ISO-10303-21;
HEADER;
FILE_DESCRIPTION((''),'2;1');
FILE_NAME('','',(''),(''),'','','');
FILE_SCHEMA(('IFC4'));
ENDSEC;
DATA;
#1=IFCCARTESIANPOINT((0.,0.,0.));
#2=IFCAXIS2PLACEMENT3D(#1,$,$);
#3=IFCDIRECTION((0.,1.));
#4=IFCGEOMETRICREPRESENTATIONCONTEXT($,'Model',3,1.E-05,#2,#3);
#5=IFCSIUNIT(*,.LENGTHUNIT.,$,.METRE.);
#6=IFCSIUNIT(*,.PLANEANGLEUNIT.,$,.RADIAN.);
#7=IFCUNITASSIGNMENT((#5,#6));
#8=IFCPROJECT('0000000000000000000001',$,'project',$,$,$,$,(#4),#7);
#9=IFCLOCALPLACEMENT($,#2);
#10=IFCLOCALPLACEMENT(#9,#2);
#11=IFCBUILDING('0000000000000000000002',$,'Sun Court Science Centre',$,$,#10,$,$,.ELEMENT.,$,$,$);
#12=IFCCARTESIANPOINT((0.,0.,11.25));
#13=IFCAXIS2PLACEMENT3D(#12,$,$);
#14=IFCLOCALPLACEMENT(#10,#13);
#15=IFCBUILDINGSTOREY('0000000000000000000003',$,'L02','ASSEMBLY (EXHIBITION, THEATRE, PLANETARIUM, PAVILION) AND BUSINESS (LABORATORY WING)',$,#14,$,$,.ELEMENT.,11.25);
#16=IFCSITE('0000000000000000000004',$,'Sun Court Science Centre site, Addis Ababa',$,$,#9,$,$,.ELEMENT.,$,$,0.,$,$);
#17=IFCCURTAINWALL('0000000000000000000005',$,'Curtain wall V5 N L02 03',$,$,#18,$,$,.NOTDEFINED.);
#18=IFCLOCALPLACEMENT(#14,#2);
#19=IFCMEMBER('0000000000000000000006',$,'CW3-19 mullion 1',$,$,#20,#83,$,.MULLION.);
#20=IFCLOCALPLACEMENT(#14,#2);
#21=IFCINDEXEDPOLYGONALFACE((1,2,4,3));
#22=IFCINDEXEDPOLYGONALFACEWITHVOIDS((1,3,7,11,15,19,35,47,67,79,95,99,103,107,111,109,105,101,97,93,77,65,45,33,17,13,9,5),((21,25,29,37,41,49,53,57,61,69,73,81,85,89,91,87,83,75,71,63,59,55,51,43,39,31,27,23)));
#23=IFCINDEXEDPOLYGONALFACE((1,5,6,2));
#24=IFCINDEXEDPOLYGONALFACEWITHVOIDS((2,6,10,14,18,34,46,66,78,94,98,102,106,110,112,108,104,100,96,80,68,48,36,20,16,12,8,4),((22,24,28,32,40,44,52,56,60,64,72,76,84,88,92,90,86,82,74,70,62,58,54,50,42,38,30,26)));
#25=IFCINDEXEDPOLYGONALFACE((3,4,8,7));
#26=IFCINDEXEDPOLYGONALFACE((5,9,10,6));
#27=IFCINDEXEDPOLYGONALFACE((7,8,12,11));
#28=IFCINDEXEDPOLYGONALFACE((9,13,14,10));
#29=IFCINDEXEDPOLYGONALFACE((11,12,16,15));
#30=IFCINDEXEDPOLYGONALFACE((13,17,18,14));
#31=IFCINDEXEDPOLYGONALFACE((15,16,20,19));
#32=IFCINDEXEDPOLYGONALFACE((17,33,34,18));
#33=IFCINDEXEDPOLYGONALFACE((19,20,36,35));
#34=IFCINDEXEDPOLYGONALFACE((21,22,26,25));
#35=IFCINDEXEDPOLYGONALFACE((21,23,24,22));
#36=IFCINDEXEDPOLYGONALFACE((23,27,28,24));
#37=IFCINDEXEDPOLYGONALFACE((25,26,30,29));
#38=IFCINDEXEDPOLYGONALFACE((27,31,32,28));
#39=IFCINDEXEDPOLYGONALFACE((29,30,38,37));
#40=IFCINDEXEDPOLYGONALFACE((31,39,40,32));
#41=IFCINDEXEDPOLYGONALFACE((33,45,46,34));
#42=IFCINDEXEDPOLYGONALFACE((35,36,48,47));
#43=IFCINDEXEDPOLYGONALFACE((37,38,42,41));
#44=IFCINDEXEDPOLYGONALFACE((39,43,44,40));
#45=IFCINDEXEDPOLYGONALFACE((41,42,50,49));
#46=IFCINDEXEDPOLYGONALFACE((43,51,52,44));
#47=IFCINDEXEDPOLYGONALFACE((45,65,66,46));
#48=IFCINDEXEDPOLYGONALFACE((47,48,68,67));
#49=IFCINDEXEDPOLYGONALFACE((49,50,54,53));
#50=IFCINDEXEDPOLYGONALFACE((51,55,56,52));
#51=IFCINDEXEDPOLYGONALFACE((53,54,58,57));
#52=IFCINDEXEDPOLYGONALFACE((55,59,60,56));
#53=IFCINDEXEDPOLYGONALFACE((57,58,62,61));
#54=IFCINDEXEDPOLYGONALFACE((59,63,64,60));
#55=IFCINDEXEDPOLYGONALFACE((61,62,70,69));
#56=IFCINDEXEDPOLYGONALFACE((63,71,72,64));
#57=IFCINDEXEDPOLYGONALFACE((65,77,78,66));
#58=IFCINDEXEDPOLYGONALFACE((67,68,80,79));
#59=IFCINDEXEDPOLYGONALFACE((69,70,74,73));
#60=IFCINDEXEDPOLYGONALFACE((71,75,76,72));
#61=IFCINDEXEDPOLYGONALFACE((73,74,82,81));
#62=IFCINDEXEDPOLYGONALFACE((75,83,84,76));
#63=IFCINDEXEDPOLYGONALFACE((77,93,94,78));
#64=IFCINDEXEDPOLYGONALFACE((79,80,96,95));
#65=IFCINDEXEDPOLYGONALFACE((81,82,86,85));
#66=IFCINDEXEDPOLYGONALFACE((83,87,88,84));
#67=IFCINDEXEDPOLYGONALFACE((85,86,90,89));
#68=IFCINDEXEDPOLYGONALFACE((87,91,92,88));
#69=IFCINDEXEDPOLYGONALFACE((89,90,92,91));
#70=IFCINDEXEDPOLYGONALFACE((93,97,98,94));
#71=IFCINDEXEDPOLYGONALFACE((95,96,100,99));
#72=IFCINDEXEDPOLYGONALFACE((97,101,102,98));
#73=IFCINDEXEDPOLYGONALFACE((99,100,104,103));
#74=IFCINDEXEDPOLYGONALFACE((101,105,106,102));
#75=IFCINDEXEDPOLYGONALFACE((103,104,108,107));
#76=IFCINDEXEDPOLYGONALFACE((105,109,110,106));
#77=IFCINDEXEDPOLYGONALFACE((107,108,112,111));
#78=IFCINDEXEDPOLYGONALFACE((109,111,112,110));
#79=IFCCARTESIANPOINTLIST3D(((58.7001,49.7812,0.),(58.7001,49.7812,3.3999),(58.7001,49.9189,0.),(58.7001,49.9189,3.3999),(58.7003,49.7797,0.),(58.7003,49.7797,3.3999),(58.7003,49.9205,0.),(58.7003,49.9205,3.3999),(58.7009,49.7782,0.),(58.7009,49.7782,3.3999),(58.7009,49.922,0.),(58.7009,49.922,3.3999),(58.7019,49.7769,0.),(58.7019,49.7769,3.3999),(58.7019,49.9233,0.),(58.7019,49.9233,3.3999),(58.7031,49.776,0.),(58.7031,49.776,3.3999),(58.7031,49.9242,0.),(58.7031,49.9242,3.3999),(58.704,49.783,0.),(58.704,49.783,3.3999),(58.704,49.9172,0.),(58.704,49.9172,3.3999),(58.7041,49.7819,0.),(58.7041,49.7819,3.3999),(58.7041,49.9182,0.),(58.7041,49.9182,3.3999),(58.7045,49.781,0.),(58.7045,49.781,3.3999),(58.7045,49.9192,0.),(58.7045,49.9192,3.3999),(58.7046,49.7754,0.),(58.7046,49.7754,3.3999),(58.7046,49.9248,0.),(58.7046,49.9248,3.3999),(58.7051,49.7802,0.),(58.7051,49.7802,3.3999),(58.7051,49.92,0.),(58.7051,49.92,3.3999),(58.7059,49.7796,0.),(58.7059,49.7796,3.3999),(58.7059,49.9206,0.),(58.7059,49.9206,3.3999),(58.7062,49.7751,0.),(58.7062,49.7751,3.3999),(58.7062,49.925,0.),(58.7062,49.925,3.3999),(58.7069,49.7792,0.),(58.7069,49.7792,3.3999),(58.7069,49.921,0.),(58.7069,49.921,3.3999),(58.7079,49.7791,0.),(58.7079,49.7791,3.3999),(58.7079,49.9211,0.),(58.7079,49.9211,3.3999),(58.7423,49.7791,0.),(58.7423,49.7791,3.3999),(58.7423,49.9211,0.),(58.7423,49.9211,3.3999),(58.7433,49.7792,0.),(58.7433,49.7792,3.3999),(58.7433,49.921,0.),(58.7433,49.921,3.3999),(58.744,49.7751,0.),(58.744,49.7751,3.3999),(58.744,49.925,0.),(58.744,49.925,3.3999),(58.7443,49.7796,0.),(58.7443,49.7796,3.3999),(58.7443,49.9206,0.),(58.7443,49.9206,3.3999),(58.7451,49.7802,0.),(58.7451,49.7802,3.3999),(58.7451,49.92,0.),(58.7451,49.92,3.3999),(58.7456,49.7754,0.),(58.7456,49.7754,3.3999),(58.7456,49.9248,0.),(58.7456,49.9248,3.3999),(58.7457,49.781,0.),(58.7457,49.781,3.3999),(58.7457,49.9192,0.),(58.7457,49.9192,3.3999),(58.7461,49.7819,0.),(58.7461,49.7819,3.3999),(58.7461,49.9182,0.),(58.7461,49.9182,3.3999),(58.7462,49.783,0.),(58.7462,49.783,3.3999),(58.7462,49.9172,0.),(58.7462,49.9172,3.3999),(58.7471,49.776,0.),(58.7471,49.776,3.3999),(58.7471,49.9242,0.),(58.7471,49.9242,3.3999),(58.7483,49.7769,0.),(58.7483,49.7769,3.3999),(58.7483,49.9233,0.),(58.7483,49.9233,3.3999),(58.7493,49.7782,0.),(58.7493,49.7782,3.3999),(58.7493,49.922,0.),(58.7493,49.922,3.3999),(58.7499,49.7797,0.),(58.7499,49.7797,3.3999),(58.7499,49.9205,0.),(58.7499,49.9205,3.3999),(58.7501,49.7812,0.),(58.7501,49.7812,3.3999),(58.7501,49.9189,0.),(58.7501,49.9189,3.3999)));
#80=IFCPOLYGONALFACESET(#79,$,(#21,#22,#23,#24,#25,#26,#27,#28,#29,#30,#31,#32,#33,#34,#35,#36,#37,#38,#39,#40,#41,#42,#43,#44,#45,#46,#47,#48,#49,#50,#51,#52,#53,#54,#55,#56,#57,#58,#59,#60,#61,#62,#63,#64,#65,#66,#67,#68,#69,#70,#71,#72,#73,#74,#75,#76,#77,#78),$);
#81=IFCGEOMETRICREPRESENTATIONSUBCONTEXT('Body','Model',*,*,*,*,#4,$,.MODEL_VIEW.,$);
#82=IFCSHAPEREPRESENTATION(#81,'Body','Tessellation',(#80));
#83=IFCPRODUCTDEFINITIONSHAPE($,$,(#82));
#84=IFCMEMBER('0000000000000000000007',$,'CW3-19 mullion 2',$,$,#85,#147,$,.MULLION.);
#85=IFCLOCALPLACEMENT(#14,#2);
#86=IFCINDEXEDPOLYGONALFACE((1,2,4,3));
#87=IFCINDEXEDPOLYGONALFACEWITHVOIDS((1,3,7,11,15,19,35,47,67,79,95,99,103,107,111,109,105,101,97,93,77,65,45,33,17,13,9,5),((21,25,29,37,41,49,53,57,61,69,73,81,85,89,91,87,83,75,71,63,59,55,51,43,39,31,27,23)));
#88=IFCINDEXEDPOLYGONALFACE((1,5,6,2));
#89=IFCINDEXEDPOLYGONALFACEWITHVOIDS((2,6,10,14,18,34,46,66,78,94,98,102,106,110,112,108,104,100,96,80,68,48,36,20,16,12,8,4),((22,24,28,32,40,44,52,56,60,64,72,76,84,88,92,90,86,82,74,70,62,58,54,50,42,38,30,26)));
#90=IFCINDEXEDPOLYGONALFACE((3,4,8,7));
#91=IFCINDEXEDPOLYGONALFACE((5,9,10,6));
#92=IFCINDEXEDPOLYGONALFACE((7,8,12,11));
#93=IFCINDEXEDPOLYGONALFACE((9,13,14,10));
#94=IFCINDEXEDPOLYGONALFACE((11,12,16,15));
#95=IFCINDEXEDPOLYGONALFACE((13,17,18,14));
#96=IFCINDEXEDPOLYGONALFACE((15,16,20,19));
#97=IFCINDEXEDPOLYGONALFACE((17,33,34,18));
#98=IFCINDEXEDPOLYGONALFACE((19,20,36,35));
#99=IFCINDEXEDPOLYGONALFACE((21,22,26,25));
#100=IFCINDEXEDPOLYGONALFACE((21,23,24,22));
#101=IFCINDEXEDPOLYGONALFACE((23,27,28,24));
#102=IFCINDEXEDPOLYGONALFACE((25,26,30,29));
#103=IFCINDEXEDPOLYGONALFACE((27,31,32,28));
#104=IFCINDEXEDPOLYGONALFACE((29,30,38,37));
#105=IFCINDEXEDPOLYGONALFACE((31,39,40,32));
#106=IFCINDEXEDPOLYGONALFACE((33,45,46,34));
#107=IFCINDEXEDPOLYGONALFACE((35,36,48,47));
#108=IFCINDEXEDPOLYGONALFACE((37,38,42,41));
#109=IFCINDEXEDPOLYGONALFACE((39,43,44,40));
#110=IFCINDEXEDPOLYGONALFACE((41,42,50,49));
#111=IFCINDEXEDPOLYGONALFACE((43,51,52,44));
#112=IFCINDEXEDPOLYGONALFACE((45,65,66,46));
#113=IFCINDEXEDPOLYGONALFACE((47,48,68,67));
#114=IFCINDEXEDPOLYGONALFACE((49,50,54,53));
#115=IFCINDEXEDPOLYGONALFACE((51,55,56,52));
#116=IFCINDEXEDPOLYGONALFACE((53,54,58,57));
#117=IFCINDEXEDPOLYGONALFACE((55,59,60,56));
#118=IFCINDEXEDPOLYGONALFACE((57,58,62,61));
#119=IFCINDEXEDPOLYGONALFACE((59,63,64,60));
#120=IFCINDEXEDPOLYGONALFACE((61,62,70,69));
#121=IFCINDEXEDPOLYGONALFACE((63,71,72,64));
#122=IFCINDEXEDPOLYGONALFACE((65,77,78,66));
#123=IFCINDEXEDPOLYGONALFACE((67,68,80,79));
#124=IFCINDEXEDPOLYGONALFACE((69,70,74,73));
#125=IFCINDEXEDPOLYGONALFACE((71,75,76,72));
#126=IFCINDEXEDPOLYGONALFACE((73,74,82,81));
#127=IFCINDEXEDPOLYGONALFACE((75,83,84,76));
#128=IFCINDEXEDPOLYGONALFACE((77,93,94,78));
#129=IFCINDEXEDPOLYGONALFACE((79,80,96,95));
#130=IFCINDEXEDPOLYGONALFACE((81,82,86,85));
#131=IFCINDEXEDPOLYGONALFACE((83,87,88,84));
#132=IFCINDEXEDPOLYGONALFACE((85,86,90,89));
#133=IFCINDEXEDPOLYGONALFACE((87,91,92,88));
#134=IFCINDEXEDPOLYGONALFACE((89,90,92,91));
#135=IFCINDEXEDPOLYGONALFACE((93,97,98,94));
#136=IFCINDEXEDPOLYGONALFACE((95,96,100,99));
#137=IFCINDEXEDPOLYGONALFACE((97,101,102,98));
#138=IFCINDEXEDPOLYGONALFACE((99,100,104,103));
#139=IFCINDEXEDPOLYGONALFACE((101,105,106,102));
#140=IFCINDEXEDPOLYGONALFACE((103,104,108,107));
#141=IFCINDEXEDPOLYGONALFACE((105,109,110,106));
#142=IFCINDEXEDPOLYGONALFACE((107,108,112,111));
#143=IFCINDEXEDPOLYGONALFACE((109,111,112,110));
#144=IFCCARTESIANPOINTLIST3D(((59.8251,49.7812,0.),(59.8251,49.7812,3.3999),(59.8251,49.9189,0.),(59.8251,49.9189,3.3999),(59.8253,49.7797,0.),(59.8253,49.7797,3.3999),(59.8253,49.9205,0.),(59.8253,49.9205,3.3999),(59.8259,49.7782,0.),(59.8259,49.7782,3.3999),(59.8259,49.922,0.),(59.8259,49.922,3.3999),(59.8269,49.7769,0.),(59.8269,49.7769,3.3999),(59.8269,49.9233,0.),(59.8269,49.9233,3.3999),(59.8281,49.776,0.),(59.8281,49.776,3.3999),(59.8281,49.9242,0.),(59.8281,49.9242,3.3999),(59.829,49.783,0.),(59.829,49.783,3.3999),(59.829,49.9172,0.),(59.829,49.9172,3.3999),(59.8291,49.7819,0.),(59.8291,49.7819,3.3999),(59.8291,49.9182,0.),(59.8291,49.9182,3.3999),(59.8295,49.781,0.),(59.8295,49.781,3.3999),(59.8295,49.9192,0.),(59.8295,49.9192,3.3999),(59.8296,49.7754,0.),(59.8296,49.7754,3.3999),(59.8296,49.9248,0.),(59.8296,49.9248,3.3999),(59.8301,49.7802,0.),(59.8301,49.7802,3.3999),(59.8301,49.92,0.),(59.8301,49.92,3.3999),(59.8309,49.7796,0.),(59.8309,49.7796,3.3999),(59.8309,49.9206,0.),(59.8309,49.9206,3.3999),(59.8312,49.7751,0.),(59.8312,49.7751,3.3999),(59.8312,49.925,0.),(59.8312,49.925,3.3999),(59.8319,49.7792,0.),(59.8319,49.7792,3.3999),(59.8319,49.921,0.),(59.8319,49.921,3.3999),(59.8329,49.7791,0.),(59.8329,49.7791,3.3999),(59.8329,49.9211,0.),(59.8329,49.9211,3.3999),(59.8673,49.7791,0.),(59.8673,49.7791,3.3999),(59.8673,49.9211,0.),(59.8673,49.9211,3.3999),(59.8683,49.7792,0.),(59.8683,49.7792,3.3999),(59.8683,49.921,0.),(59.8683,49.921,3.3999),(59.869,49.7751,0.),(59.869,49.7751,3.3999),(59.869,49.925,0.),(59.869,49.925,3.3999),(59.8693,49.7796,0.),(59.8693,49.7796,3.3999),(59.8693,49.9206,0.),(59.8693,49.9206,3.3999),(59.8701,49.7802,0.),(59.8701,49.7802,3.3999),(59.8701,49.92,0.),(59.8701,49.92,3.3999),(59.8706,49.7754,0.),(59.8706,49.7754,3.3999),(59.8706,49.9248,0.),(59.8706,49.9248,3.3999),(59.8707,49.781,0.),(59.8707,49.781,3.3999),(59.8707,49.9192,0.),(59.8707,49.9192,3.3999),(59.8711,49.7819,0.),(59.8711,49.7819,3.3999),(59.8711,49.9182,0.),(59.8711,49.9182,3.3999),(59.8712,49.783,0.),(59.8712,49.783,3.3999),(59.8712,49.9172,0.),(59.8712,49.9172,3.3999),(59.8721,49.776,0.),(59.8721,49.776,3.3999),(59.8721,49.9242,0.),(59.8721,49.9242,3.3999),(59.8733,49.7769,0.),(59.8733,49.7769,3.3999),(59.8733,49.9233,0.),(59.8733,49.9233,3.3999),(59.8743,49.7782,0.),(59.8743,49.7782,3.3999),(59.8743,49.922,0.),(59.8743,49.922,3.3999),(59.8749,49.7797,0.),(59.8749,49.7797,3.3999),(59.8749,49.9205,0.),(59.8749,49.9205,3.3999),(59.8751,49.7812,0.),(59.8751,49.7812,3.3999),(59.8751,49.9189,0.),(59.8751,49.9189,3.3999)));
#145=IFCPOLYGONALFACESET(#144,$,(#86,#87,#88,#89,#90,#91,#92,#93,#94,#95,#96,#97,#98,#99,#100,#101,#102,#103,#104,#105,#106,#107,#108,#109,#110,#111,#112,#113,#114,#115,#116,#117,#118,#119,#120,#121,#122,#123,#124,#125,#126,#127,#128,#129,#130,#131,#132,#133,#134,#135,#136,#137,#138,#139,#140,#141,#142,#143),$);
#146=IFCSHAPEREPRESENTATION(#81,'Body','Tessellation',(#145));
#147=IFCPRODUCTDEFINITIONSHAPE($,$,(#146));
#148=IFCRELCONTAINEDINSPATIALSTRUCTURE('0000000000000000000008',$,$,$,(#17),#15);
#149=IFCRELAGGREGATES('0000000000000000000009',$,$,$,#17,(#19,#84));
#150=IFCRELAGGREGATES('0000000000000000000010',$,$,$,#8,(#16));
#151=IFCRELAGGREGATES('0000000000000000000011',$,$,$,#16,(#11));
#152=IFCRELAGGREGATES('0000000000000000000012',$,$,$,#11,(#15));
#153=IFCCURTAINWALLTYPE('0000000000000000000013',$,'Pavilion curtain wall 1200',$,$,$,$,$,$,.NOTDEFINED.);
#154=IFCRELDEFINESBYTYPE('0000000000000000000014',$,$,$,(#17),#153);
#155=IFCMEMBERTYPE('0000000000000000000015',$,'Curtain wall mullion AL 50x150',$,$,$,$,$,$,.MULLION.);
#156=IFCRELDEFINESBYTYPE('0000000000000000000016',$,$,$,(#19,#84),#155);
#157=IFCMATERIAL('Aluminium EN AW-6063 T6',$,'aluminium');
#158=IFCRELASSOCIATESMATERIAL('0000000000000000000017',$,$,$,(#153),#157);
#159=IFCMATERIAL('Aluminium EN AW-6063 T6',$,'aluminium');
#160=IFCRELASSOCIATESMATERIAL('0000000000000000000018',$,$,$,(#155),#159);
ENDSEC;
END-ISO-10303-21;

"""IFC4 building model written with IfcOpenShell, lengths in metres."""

from ifc_helpers import new_model, si_unit, direction, frame, origin, origin_2d, place, context, subcontext, project, spatial, hollow_rectangle, extrude, material, material_profile, profile_set, type_object, element, aggregate, save


model = new_model("IFC4")

# Units and contexts
model_context = context("Model", 3, precision=1e-05, world=origin(), true_north=direction((0.0, 1.0)))
body_context = subcontext(model_context, "Body", "Model", "MODEL_VIEW")
ifc_project = project(units=[si_unit("LENGTHUNIT", "METRE"), si_unit("PLANEANGLEUNIT", "RADIAN")], contexts=[model_context])

# Site, building, storey
site_placement = place(None, origin())
site = spatial("IfcSite", under=ifc_project, at=site_placement, Name="Sun Court Science Centre site, Addis Ababa", CompositionType="ELEMENT", RefElevation=0.0)
building_placement = place(site_placement, origin())
building = spatial("IfcBuilding", under=site, at=building_placement, Name="Sun Court Science Centre", CompositionType="ELEMENT")
storey_placement = place(building_placement, frame((0.0, 0.0, 11.25)))
storey = spatial("IfcBuildingStorey", under=building, at=storey_placement, Name="L02", Description="ASSEMBLY (EXHIBITION, THEATRE, PLANETARIUM, PAVILION) AND BUSINESS (LABORATORY WING)", CompositionType="ELEMENT", Elevation=11.25)

# Curtain wall, members
ifc_material_1 = material(Name="Aluminium EN AW-6063 T6", Category="aluminium")
curtain_wall_type = type_object("IfcCurtainWallType", Name="Pavilion curtain wall 1200", PredefinedType="NOTDEFINED", material=ifc_material_1)
curtain_wall_placement = place(storey_placement, origin())
curtain_wall = element("IfcCurtainWall", 1, at=curtain_wall_placement, inside=storey, type_object=curtain_wall_type, Name="Curtain wall V5 N L02 03", PredefinedType="NOTDEFINED")
ifc_material_2 = material(Name="Aluminium EN AW-6063 T6", Category="aluminium")
ifc_material_profile_1 = material_profile(ifc_material_2, hollow_rectangle(XDim=0.05, YDim=0.1499, WallThickness=0.0039, InnerFilletRadius=0.0039, OuterFilletRadius=0.0061, at=origin_2d()), Name="AL 50x150x4")
ifc_profile_set_1 = profile_set([ifc_material_profile_1], Name="Aluminium EN AW-6063 T6")
member_type_1 = type_object("IfcMemberType", Name="Curtain wall mullion AL 50x150", PredefinedType="MULLION", material=ifc_profile_set_1)
member_1_placement = place(storey_placement, frame((58.7251, 49.8501, 0.0), z_axis=(0.0, 0.0, 1.0), x_axis=(1.0, 0.0, 0.0)))
member_1 = element("IfcMember", 2, at=member_1_placement, type_object=member_type_1, Name="CW3-19 mullion 1", PredefinedType="MULLION", context=body_context, shape_type="SweptSolid", body=[
    extrude(hollow_rectangle(XDim=0.05, YDim=0.1499, WallThickness=0.0039, InnerFilletRadius=0.0039, OuterFilletRadius=0.0061, at=origin_2d()), origin(), (0.0, 0.0, 1.0), 3.3999),
])
member_2_placement = place(storey_placement, frame((59.8501, 49.8501, 0.0), z_axis=(0.0, 0.0, 1.0), x_axis=(1.0, 0.0, 0.0)))
member_2 = element("IfcMember", 3, at=member_2_placement, type_object=member_type_1, Name="CW3-19 mullion 2", PredefinedType="MULLION", context=body_context, shape_type="SweptSolid", body=[
    extrude(hollow_rectangle(XDim=0.05, YDim=0.1499, WallThickness=0.0039, InnerFilletRadius=0.0039, OuterFilletRadius=0.0061, at=origin_2d()), origin(), (0.0, 0.0, 1.0), 3.3999),
])
aggregate(curtain_wall, [member_1, member_2])

save(model, "model.ifc")
